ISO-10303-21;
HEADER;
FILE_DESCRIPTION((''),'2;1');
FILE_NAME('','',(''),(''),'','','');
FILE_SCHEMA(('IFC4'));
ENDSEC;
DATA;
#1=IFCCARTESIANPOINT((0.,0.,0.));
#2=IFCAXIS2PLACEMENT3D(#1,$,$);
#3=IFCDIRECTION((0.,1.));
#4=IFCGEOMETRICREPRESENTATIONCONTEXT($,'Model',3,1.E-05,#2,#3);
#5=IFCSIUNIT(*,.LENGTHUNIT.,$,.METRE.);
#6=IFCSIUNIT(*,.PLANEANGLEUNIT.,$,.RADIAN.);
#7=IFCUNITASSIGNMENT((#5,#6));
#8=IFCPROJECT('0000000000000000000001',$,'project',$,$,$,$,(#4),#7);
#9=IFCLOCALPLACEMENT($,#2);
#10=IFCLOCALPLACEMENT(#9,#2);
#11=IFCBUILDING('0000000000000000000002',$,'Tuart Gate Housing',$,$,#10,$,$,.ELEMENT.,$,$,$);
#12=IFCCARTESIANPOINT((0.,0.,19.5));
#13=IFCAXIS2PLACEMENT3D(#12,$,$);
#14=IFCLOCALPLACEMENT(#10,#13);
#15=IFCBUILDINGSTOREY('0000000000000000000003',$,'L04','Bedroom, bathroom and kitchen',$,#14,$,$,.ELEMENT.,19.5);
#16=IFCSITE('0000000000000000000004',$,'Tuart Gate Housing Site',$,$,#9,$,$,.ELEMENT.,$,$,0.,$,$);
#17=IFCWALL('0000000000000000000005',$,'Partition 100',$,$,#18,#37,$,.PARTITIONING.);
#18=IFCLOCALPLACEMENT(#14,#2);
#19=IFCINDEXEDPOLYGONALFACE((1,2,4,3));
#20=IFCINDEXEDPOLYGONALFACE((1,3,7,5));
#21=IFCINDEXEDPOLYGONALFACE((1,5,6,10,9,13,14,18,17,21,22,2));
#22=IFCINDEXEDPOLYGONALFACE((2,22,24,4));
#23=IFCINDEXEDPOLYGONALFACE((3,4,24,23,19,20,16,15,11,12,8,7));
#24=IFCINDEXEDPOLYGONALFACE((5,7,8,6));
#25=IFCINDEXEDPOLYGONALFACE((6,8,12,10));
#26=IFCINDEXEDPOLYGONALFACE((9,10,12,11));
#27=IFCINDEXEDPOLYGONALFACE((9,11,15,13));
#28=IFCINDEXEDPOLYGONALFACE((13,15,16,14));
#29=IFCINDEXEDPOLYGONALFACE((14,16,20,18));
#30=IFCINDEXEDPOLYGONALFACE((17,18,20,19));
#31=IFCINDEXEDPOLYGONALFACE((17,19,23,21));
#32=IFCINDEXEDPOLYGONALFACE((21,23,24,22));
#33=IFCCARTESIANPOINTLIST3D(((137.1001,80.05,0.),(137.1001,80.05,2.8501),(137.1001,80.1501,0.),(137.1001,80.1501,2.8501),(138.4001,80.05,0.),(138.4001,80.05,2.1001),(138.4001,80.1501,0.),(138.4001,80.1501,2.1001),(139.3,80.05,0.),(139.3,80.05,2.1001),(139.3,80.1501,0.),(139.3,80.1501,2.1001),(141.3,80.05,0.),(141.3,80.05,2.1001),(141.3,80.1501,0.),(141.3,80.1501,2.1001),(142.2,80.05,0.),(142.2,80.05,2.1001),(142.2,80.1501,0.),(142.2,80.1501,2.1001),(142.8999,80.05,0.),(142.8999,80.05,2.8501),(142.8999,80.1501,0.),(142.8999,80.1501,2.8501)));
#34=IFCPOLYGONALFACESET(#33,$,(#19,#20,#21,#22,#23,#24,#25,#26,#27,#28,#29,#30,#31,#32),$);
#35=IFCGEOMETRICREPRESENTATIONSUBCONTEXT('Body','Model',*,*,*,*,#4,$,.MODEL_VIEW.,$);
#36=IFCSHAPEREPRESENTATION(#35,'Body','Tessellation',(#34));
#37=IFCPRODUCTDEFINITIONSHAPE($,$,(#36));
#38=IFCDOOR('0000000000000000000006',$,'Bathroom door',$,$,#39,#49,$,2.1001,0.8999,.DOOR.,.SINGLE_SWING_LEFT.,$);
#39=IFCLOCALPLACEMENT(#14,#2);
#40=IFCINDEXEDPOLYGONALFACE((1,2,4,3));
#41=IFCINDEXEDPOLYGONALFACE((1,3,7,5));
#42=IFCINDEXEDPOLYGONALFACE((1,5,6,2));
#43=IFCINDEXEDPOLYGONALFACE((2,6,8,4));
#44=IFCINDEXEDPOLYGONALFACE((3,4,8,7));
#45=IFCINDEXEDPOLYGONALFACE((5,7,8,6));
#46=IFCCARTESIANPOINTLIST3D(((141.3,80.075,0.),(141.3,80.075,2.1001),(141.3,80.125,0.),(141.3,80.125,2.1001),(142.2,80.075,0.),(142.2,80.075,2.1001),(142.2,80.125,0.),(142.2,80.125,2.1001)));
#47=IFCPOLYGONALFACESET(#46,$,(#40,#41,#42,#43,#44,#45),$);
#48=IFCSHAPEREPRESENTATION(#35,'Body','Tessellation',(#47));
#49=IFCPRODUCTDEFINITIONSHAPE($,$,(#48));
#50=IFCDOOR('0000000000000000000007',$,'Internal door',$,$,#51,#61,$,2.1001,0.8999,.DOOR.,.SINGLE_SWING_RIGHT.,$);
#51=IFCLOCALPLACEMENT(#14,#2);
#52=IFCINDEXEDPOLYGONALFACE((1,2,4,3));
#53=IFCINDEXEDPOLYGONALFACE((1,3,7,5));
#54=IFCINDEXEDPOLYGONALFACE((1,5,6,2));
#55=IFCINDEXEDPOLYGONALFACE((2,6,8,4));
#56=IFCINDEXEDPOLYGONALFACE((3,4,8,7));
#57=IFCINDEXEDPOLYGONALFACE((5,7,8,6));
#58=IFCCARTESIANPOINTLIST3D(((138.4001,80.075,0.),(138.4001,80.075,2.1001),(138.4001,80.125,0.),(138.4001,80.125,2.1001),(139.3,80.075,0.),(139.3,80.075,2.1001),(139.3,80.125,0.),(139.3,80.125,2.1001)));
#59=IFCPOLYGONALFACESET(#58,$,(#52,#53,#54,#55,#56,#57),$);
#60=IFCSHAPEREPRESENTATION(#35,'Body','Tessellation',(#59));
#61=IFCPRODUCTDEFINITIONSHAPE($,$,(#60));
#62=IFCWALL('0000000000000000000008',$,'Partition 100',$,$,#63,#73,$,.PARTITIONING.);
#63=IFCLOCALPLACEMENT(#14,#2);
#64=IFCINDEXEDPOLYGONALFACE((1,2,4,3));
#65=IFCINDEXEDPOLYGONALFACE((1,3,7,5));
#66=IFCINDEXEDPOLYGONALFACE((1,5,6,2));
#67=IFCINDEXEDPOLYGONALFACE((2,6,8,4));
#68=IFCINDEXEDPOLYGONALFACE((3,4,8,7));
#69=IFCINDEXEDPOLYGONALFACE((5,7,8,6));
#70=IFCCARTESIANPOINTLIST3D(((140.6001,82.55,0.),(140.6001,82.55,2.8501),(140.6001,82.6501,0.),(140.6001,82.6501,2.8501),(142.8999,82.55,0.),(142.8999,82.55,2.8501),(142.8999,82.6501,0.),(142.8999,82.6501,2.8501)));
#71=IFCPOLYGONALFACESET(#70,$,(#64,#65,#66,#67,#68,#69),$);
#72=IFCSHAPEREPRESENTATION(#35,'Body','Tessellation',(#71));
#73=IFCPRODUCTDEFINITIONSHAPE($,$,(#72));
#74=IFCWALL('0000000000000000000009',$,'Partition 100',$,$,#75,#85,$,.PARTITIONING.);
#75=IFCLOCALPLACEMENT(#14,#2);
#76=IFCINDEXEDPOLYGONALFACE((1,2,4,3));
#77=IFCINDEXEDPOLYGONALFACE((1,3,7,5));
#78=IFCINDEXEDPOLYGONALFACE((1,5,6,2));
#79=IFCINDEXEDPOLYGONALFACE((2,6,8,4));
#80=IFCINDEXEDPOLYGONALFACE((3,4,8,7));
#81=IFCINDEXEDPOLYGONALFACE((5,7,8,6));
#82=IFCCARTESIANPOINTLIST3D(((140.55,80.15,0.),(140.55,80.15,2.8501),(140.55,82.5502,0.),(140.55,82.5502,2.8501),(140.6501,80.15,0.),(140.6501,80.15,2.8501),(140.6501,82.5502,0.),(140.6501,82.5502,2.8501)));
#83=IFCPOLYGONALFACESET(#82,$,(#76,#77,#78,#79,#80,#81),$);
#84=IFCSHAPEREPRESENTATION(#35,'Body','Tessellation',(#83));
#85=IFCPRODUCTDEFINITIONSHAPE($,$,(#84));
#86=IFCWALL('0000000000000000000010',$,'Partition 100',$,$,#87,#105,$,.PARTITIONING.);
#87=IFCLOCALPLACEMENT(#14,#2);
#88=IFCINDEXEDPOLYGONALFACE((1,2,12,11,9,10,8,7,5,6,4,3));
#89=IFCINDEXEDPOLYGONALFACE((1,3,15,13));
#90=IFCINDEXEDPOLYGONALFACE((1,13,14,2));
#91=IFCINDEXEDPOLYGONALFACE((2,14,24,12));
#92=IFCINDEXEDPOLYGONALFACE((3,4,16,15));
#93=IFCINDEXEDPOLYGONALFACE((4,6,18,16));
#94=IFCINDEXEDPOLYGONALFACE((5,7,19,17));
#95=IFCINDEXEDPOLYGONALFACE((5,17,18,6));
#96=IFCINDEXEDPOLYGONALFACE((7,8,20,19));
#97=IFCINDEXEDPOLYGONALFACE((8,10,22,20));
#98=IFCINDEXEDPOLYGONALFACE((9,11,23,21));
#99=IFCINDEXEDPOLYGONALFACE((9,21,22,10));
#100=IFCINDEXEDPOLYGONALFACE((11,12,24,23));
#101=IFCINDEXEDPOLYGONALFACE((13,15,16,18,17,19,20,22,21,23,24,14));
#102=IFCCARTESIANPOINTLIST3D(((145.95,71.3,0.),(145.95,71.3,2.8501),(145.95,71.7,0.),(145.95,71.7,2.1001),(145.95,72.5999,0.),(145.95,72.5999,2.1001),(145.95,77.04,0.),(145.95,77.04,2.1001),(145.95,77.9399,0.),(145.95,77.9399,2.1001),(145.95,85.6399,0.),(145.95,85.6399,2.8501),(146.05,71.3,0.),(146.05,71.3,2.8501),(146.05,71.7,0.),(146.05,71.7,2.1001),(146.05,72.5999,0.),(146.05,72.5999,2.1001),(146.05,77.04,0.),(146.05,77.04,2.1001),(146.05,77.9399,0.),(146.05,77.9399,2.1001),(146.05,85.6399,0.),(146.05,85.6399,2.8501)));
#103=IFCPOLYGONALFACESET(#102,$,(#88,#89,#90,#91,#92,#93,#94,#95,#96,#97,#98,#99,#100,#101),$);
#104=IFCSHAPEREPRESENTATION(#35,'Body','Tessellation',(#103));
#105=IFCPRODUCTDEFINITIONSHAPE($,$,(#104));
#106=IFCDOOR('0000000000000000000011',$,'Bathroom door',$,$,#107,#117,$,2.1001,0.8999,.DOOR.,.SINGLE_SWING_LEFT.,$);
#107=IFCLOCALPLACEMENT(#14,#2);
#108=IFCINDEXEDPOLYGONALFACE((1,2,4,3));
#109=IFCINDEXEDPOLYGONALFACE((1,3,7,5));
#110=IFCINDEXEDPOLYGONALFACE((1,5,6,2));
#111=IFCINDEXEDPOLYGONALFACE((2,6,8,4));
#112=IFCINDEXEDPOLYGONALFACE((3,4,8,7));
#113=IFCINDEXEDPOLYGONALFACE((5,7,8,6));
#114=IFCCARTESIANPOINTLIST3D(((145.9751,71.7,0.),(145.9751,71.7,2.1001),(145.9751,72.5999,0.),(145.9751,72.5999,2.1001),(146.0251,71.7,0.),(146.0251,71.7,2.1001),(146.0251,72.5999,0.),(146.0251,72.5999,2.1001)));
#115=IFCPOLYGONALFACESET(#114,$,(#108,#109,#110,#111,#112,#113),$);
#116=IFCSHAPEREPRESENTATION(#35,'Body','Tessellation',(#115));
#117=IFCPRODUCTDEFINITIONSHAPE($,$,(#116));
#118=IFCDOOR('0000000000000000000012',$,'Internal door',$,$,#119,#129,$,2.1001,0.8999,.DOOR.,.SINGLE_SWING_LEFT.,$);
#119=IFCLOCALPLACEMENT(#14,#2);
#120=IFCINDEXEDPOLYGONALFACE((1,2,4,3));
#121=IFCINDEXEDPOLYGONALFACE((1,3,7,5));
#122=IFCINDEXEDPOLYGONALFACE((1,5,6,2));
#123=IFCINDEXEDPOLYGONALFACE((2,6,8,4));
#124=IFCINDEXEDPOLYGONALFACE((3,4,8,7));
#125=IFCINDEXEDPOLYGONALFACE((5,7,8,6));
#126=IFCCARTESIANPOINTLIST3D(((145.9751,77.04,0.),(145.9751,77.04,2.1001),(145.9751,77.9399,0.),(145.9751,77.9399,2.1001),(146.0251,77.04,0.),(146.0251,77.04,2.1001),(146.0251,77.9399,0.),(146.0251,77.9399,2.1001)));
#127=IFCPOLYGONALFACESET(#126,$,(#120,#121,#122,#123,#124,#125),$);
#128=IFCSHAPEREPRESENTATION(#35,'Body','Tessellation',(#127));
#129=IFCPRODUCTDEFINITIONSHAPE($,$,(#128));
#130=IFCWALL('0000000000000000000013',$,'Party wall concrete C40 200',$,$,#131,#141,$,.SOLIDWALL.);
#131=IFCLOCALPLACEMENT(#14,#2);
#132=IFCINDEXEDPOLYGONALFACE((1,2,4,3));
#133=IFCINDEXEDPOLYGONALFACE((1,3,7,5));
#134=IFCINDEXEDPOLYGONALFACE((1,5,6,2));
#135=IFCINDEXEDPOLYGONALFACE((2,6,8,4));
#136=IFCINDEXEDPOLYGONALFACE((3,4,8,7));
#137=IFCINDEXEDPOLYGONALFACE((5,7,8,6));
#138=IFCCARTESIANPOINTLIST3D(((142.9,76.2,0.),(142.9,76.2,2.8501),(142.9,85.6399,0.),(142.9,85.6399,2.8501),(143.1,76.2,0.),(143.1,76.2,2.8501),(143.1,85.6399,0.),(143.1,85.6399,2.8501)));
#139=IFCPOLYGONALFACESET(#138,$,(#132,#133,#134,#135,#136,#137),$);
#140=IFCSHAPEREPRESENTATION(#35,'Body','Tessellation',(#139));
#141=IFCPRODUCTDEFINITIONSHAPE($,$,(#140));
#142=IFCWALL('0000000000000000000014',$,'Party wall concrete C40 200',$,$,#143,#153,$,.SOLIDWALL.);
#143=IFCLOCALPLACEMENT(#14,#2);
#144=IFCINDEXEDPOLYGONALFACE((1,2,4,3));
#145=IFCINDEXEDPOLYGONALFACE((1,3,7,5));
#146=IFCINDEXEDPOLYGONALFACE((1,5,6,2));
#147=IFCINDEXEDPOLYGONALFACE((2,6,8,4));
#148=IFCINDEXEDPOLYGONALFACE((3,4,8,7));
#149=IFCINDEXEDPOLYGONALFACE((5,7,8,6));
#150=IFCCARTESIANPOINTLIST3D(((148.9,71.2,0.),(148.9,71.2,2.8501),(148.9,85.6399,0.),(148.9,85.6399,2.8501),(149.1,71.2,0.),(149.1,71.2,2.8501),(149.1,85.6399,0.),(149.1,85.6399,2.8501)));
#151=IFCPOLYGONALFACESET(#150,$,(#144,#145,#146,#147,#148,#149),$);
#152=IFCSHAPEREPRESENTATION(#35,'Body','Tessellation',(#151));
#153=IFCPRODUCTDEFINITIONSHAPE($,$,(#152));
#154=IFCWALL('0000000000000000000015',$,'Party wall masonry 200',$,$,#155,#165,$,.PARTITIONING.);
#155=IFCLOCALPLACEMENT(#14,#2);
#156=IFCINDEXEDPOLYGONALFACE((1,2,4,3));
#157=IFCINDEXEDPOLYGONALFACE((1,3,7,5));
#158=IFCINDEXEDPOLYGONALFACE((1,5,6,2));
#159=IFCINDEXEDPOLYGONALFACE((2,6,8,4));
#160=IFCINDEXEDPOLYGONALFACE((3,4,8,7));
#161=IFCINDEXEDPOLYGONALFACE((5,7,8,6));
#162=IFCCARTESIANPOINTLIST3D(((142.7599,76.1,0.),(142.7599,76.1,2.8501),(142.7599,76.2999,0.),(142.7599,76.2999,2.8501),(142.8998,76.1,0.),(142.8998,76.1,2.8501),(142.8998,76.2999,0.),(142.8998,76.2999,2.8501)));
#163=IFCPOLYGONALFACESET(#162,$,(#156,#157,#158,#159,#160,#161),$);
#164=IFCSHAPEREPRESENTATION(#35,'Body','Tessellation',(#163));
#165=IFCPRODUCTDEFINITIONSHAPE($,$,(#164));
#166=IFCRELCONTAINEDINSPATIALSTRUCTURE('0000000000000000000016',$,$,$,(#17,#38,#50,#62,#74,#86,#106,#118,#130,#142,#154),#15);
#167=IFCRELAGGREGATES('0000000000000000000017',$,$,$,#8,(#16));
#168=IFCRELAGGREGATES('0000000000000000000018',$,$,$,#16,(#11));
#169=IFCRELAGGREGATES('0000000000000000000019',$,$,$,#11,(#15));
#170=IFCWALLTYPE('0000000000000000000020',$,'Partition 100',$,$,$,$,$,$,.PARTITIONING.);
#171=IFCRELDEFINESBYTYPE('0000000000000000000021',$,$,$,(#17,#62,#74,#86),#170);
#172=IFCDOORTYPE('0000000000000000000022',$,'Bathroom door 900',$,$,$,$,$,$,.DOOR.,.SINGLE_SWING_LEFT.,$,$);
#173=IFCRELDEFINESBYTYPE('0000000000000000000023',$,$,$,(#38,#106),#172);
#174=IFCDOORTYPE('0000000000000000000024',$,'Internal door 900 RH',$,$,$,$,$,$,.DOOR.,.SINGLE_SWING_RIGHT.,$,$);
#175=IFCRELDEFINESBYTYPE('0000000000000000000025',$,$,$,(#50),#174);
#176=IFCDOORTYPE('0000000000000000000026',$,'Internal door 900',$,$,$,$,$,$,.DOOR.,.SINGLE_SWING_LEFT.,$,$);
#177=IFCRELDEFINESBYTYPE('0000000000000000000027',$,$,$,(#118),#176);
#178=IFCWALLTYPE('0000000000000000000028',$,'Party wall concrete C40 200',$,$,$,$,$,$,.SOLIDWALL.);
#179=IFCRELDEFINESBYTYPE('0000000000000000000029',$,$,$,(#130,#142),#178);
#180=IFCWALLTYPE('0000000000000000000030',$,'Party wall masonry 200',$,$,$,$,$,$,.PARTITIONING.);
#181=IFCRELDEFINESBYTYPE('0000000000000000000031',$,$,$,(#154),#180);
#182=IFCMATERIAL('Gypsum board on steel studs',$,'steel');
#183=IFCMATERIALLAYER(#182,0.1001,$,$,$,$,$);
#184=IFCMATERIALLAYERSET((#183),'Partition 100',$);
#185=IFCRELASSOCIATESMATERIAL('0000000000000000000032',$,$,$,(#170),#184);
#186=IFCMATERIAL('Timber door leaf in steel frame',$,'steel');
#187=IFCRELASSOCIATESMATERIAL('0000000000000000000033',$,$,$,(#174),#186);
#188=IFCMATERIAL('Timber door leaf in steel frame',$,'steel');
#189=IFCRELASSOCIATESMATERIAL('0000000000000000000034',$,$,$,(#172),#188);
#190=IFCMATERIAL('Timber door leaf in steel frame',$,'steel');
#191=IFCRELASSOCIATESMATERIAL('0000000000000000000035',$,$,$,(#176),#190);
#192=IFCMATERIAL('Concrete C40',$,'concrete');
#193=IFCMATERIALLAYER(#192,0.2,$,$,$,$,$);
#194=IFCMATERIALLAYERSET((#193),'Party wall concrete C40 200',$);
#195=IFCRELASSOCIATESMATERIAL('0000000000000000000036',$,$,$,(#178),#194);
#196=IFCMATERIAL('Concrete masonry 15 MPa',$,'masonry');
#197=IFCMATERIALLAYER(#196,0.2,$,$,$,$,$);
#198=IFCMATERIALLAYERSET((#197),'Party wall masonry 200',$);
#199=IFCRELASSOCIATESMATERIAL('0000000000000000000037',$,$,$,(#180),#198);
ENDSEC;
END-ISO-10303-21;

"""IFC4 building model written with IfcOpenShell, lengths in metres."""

from ifc_helpers import new_model, si_unit, direction, frame, frame_2d, origin, place, context, subcontext, project, spatial, rectangle, extrude, material, layer, layer_set, type_object, element, fill, save


model = new_model("IFC4")

# Units and contexts
model_context = context("Model", 3, precision=1e-05, world=origin(), true_north=direction((0.0, 1.0)))
body_context = subcontext(model_context, "Body", "Model", "MODEL_VIEW")
ifc_project = project(units=[si_unit("LENGTHUNIT", "METRE"), si_unit("PLANEANGLEUNIT", "RADIAN")], contexts=[model_context])

# Site, building, storey
site_placement = place(None, origin())
site = spatial("IfcSite", under=ifc_project, at=site_placement, Name="Tuart Gate Housing Site", CompositionType="ELEMENT", RefElevation=0.0)
building_placement = place(site_placement, origin())
building = spatial("IfcBuilding", under=site, at=building_placement, Name="Tuart Gate Housing", CompositionType="ELEMENT")
storey_placement = place(building_placement, frame((0.0, 0.0, 19.5)))
storey = spatial("IfcBuildingStorey", under=building, at=storey_placement, Name="L04", Description="Bedroom, bathroom and kitchen", CompositionType="ELEMENT", Elevation=19.5)

# Shared definitions
ifc_material_1 = material(Name="Gypsum board on steel studs", Category="steel")
ifc_layer_1 = layer(ifc_material_1, 0.1001)
ifc_layer_set_1 = layer_set([ifc_layer_1], Name="Partition 100")
wall_type_1 = type_object("IfcWallType", Name="Partition 100", PredefinedType="PARTITIONING", material=ifc_layer_set_1)

# Shared definitions
ifc_material_2 = material(Name="Timber door leaf in steel frame", Category="steel")
door_type_1 = type_object("IfcDoorType", Name="Internal door 900 RH", OperationType="SINGLE_SWING_RIGHT", PredefinedType="DOOR", material=ifc_material_2)

# Wall, openings, doors
wall_1_placement = place(storey_placement, frame((137.1001, 80.1001, 0.0), z_axis=(0.0, 0.0, 1.0), x_axis=(1.0, 0.0, 0.0)))
wall_1 = element("IfcWall", 1, at=wall_1_placement, inside=storey, type_object=wall_type_1, Name="Partition 100", PredefinedType="PARTITIONING", context=body_context, shape_type="SweptSolid", body=[
    extrude(rectangle(XDim=5.7998, YDim=0.1001, at=frame_2d((2.8999, 0.0))), origin(), (0.0, 0.0, 1.0), 2.8501),
])
opening_1_placement = place(wall_1_placement, frame((1.3, 0.0, 0.0)))
opening_1 = element("IfcOpeningElement", 2, at=opening_1_placement, cuts=wall_1, PredefinedType="OPENING", context=body_context, shape_type="SweptSolid", body=[
    extrude(rectangle(XDim=0.8999, YDim=2.1001, at=frame_2d((0.45, 1.05))), frame((0.0, 0.0601, 0.0), z_axis=(0.0, -1.0, 0.0), x_axis=(1.0, 0.0, 0.0)), (0.0, 0.0, 1.0), 0.1201),
])
opening_2_placement = place(wall_1_placement, frame((4.2, 0.0, 0.0)))
opening_2 = element("IfcOpeningElement", 3, at=opening_2_placement, cuts=wall_1, PredefinedType="OPENING", context=body_context, shape_type="SweptSolid", body=[
    extrude(rectangle(XDim=0.8999, YDim=2.1001, at=frame_2d((0.45, 1.05))), frame((0.0, 0.0601, 0.0), z_axis=(0.0, -1.0, 0.0), x_axis=(1.0, 0.0, 0.0)), (0.0, 0.0, 1.0), 0.1201),
])
ifc_material_3 = material(Name="Timber door leaf in steel frame", Category="steel")
door_type_2 = type_object("IfcDoorType", Name="Bathroom door 900", OperationType="SINGLE_SWING_LEFT", PredefinedType="DOOR", material=ifc_material_3)
door_1_placement = place(opening_2_placement, origin())
door_1 = element("IfcDoor", 4, at=door_1_placement, inside=storey, type_object=door_type_2, Name="Bathroom door", OperationType="SINGLE_SWING_LEFT", OverallHeight=2.1001, OverallWidth=0.8999, PredefinedType="DOOR", context=body_context, shape_type="SweptSolid", body=[
    extrude(rectangle(XDim=0.8999, YDim=2.1001, at=frame_2d((0.45, 1.05))), frame((0.0, 0.0249, 0.0), z_axis=(0.0, -1.0, 0.0), x_axis=(1.0, 0.0, 0.0)), (0.0, 0.0, 1.0), 0.05),
])
fill(opening_2, door_1)
door_2_placement = place(opening_1_placement, origin())
door_2 = element("IfcDoor", 5, at=door_2_placement, inside=storey, type_object=door_type_1, Name="Internal door", OperationType="SINGLE_SWING_RIGHT", OverallHeight=2.1001, OverallWidth=0.8999, PredefinedType="DOOR", context=body_context, shape_type="SweptSolid", body=[
    extrude(rectangle(XDim=0.8999, YDim=2.1001, at=frame_2d((0.45, 1.05))), frame((0.0, 0.0249, 0.0), z_axis=(0.0, -1.0, 0.0), x_axis=(1.0, 0.0, 0.0)), (0.0, 0.0, 1.0), 0.05),
])
fill(opening_1, door_2)

# Walls
wall_2_placement = place(storey_placement, frame((140.6001, 82.6001, 0.0), z_axis=(0.0, 0.0, 1.0), x_axis=(1.0, 0.0, 0.0)))
element("IfcWall", 6, at=wall_2_placement, inside=storey, type_object=wall_type_1, Name="Partition 100", PredefinedType="PARTITIONING", context=body_context, shape_type="SweptSolid", body=[
    extrude(rectangle(XDim=2.2998, YDim=0.1001, at=frame_2d((1.1499, 0.0))), origin(), (0.0, 0.0, 1.0), 2.8501),
])
wall_3_placement = place(storey_placement, frame((140.6001, 80.1499, 0.0), z_axis=(0.0, 0.0, 1.0), x_axis=(0.0, 1.0, 0.0)))
element("IfcWall", 7, at=wall_3_placement, inside=storey, type_object=wall_type_1, Name="Partition 100", PredefinedType="PARTITIONING", context=body_context, shape_type="SweptSolid", body=[
    extrude(rectangle(XDim=2.4001, YDim=0.1001, at=frame_2d((1.2002, 0.0))), origin(), (0.0, 0.0, 1.0), 2.8501),
])

# Wall, openings, doors
wall_4_placement = place(storey_placement, frame((146.0, 71.3, 0.0), z_axis=(0.0, 0.0, 1.0), x_axis=(0.0, 1.0, 0.0)))
wall_4 = element("IfcWall", 8, at=wall_4_placement, inside=storey, type_object=wall_type_1, Name="Partition 100", PredefinedType="PARTITIONING", context=body_context, shape_type="SweptSolid", body=[
    extrude(rectangle(XDim=14.3398, YDim=0.1001, at=frame_2d((7.1699, 0.0))), origin(), (0.0, 0.0, 1.0), 2.8501),
])
opening_3_placement = place(wall_4_placement, frame((5.74, 0.0, 0.0)))
opening_3 = element("IfcOpeningElement", 9, at=opening_3_placement, cuts=wall_4, PredefinedType="OPENING", context=body_context, shape_type="SweptSolid", body=[
    extrude(rectangle(XDim=0.8999, YDim=2.1001, at=frame_2d((0.45, 1.05))), frame((0.0, 0.0601, 0.0), z_axis=(0.0, -1.0, 0.0), x_axis=(1.0, 0.0, 0.0)), (0.0, 0.0, 1.0), 0.1201),
])
opening_4_placement = place(wall_4_placement, frame((0.3999, 0.0, 0.0)))
opening_4 = element("IfcOpeningElement", 10, at=opening_4_placement, cuts=wall_4, PredefinedType="OPENING", context=body_context, shape_type="SweptSolid", body=[
    extrude(rectangle(XDim=0.8999, YDim=2.1001, at=frame_2d((0.45, 1.05))), frame((0.0, 0.0601, 0.0), z_axis=(0.0, -1.0, 0.0), x_axis=(1.0, 0.0, 0.0)), (0.0, 0.0, 1.0), 0.1201),
])
door_3_placement = place(opening_4_placement, origin())
door_3 = element("IfcDoor", 11, at=door_3_placement, inside=storey, type_object=door_type_2, Name="Bathroom door", OperationType="SINGLE_SWING_LEFT", OverallHeight=2.1001, OverallWidth=0.8999, PredefinedType="DOOR", context=body_context, shape_type="SweptSolid", body=[
    extrude(rectangle(XDim=0.8999, YDim=2.1001, at=frame_2d((0.45, 1.05))), frame((0.0, 0.0249, 0.0), z_axis=(0.0, -1.0, 0.0), x_axis=(1.0, 0.0, 0.0)), (0.0, 0.0, 1.0), 0.05),
])
fill(opening_4, door_3)
ifc_material_4 = material(Name="Timber door leaf in steel frame", Category="steel")
door_type_3 = type_object("IfcDoorType", Name="Internal door 900", OperationType="SINGLE_SWING_LEFT", PredefinedType="DOOR", material=ifc_material_4)
door_4_placement = place(opening_3_placement, origin())
door_4 = element("IfcDoor", 12, at=door_4_placement, inside=storey, type_object=door_type_3, Name="Internal door", OperationType="SINGLE_SWING_LEFT", OverallHeight=2.1001, OverallWidth=0.8999, PredefinedType="DOOR", context=body_context, shape_type="SweptSolid", body=[
    extrude(rectangle(XDim=0.8999, YDim=2.1001, at=frame_2d((0.45, 1.05))), frame((0.0, 0.0249, 0.0), z_axis=(0.0, -1.0, 0.0), x_axis=(1.0, 0.0, 0.0)), (0.0, 0.0, 1.0), 0.05),
])
fill(opening_3, door_4)

# Walls
ifc_material_5 = material(Name="Concrete C40", Category="concrete")
ifc_layer_2 = layer(ifc_material_5, 0.2)
ifc_layer_set_2 = layer_set([ifc_layer_2], Name="Party wall concrete C40 200")
wall_type_2 = type_object("IfcWallType", Name="Party wall concrete C40 200", PredefinedType="SOLIDWALL", material=ifc_layer_set_2)
wall_5_placement = place(storey_placement, frame((143.0, 76.2, 0.0), z_axis=(0.0, 0.0, 1.0), x_axis=(0.0, 1.0, 0.0)))
element("IfcWall", 13, at=wall_5_placement, inside=storey, type_object=wall_type_2, Name="Party wall concrete C40 200", PredefinedType="SOLIDWALL", context=body_context, shape_type="SweptSolid", body=[
    extrude(rectangle(XDim=9.4399, YDim=0.2, at=frame_2d((4.72, 0.0))), origin(), (0.0, 0.0, 1.0), 2.8501),
])
wall_6_placement = place(storey_placement, frame((149.0, 71.2, 0.0), z_axis=(0.0, 0.0, 1.0), x_axis=(0.0, 1.0, 0.0)))
element("IfcWall", 14, at=wall_6_placement, inside=storey, type_object=wall_type_2, Name="Party wall concrete C40 200", PredefinedType="SOLIDWALL", context=body_context, shape_type="SweptSolid", body=[
    extrude(rectangle(XDim=14.4399, YDim=0.2, at=frame_2d((7.22, 0.0))), origin(), (0.0, 0.0, 1.0), 2.8501),
])
ifc_material_6 = material(Name="Concrete masonry 15 MPa", Category="masonry")
ifc_layer_3 = layer(ifc_material_6, 0.2)
ifc_layer_set_3 = layer_set([ifc_layer_3], Name="Party wall masonry 200")
wall_type_3 = type_object("IfcWallType", Name="Party wall masonry 200", PredefinedType="PARTITIONING", material=ifc_layer_set_3)
wall_7_placement = place(storey_placement, frame((142.76, 76.2, 0.0), z_axis=(0.0, 0.0, 1.0), x_axis=(1.0, 0.0, 0.0)))
element("IfcWall", 15, at=wall_7_placement, inside=storey, type_object=wall_type_3, Name="Party wall masonry 200", PredefinedType="PARTITIONING", context=body_context, shape_type="SweptSolid", body=[
    extrude(rectangle(XDim=0.1399, YDim=0.2, at=frame_2d((0.0698, 0.0))), origin(), (0.0, 0.0, 1.0), 2.8501),
])

save(model, "model.ifc")
